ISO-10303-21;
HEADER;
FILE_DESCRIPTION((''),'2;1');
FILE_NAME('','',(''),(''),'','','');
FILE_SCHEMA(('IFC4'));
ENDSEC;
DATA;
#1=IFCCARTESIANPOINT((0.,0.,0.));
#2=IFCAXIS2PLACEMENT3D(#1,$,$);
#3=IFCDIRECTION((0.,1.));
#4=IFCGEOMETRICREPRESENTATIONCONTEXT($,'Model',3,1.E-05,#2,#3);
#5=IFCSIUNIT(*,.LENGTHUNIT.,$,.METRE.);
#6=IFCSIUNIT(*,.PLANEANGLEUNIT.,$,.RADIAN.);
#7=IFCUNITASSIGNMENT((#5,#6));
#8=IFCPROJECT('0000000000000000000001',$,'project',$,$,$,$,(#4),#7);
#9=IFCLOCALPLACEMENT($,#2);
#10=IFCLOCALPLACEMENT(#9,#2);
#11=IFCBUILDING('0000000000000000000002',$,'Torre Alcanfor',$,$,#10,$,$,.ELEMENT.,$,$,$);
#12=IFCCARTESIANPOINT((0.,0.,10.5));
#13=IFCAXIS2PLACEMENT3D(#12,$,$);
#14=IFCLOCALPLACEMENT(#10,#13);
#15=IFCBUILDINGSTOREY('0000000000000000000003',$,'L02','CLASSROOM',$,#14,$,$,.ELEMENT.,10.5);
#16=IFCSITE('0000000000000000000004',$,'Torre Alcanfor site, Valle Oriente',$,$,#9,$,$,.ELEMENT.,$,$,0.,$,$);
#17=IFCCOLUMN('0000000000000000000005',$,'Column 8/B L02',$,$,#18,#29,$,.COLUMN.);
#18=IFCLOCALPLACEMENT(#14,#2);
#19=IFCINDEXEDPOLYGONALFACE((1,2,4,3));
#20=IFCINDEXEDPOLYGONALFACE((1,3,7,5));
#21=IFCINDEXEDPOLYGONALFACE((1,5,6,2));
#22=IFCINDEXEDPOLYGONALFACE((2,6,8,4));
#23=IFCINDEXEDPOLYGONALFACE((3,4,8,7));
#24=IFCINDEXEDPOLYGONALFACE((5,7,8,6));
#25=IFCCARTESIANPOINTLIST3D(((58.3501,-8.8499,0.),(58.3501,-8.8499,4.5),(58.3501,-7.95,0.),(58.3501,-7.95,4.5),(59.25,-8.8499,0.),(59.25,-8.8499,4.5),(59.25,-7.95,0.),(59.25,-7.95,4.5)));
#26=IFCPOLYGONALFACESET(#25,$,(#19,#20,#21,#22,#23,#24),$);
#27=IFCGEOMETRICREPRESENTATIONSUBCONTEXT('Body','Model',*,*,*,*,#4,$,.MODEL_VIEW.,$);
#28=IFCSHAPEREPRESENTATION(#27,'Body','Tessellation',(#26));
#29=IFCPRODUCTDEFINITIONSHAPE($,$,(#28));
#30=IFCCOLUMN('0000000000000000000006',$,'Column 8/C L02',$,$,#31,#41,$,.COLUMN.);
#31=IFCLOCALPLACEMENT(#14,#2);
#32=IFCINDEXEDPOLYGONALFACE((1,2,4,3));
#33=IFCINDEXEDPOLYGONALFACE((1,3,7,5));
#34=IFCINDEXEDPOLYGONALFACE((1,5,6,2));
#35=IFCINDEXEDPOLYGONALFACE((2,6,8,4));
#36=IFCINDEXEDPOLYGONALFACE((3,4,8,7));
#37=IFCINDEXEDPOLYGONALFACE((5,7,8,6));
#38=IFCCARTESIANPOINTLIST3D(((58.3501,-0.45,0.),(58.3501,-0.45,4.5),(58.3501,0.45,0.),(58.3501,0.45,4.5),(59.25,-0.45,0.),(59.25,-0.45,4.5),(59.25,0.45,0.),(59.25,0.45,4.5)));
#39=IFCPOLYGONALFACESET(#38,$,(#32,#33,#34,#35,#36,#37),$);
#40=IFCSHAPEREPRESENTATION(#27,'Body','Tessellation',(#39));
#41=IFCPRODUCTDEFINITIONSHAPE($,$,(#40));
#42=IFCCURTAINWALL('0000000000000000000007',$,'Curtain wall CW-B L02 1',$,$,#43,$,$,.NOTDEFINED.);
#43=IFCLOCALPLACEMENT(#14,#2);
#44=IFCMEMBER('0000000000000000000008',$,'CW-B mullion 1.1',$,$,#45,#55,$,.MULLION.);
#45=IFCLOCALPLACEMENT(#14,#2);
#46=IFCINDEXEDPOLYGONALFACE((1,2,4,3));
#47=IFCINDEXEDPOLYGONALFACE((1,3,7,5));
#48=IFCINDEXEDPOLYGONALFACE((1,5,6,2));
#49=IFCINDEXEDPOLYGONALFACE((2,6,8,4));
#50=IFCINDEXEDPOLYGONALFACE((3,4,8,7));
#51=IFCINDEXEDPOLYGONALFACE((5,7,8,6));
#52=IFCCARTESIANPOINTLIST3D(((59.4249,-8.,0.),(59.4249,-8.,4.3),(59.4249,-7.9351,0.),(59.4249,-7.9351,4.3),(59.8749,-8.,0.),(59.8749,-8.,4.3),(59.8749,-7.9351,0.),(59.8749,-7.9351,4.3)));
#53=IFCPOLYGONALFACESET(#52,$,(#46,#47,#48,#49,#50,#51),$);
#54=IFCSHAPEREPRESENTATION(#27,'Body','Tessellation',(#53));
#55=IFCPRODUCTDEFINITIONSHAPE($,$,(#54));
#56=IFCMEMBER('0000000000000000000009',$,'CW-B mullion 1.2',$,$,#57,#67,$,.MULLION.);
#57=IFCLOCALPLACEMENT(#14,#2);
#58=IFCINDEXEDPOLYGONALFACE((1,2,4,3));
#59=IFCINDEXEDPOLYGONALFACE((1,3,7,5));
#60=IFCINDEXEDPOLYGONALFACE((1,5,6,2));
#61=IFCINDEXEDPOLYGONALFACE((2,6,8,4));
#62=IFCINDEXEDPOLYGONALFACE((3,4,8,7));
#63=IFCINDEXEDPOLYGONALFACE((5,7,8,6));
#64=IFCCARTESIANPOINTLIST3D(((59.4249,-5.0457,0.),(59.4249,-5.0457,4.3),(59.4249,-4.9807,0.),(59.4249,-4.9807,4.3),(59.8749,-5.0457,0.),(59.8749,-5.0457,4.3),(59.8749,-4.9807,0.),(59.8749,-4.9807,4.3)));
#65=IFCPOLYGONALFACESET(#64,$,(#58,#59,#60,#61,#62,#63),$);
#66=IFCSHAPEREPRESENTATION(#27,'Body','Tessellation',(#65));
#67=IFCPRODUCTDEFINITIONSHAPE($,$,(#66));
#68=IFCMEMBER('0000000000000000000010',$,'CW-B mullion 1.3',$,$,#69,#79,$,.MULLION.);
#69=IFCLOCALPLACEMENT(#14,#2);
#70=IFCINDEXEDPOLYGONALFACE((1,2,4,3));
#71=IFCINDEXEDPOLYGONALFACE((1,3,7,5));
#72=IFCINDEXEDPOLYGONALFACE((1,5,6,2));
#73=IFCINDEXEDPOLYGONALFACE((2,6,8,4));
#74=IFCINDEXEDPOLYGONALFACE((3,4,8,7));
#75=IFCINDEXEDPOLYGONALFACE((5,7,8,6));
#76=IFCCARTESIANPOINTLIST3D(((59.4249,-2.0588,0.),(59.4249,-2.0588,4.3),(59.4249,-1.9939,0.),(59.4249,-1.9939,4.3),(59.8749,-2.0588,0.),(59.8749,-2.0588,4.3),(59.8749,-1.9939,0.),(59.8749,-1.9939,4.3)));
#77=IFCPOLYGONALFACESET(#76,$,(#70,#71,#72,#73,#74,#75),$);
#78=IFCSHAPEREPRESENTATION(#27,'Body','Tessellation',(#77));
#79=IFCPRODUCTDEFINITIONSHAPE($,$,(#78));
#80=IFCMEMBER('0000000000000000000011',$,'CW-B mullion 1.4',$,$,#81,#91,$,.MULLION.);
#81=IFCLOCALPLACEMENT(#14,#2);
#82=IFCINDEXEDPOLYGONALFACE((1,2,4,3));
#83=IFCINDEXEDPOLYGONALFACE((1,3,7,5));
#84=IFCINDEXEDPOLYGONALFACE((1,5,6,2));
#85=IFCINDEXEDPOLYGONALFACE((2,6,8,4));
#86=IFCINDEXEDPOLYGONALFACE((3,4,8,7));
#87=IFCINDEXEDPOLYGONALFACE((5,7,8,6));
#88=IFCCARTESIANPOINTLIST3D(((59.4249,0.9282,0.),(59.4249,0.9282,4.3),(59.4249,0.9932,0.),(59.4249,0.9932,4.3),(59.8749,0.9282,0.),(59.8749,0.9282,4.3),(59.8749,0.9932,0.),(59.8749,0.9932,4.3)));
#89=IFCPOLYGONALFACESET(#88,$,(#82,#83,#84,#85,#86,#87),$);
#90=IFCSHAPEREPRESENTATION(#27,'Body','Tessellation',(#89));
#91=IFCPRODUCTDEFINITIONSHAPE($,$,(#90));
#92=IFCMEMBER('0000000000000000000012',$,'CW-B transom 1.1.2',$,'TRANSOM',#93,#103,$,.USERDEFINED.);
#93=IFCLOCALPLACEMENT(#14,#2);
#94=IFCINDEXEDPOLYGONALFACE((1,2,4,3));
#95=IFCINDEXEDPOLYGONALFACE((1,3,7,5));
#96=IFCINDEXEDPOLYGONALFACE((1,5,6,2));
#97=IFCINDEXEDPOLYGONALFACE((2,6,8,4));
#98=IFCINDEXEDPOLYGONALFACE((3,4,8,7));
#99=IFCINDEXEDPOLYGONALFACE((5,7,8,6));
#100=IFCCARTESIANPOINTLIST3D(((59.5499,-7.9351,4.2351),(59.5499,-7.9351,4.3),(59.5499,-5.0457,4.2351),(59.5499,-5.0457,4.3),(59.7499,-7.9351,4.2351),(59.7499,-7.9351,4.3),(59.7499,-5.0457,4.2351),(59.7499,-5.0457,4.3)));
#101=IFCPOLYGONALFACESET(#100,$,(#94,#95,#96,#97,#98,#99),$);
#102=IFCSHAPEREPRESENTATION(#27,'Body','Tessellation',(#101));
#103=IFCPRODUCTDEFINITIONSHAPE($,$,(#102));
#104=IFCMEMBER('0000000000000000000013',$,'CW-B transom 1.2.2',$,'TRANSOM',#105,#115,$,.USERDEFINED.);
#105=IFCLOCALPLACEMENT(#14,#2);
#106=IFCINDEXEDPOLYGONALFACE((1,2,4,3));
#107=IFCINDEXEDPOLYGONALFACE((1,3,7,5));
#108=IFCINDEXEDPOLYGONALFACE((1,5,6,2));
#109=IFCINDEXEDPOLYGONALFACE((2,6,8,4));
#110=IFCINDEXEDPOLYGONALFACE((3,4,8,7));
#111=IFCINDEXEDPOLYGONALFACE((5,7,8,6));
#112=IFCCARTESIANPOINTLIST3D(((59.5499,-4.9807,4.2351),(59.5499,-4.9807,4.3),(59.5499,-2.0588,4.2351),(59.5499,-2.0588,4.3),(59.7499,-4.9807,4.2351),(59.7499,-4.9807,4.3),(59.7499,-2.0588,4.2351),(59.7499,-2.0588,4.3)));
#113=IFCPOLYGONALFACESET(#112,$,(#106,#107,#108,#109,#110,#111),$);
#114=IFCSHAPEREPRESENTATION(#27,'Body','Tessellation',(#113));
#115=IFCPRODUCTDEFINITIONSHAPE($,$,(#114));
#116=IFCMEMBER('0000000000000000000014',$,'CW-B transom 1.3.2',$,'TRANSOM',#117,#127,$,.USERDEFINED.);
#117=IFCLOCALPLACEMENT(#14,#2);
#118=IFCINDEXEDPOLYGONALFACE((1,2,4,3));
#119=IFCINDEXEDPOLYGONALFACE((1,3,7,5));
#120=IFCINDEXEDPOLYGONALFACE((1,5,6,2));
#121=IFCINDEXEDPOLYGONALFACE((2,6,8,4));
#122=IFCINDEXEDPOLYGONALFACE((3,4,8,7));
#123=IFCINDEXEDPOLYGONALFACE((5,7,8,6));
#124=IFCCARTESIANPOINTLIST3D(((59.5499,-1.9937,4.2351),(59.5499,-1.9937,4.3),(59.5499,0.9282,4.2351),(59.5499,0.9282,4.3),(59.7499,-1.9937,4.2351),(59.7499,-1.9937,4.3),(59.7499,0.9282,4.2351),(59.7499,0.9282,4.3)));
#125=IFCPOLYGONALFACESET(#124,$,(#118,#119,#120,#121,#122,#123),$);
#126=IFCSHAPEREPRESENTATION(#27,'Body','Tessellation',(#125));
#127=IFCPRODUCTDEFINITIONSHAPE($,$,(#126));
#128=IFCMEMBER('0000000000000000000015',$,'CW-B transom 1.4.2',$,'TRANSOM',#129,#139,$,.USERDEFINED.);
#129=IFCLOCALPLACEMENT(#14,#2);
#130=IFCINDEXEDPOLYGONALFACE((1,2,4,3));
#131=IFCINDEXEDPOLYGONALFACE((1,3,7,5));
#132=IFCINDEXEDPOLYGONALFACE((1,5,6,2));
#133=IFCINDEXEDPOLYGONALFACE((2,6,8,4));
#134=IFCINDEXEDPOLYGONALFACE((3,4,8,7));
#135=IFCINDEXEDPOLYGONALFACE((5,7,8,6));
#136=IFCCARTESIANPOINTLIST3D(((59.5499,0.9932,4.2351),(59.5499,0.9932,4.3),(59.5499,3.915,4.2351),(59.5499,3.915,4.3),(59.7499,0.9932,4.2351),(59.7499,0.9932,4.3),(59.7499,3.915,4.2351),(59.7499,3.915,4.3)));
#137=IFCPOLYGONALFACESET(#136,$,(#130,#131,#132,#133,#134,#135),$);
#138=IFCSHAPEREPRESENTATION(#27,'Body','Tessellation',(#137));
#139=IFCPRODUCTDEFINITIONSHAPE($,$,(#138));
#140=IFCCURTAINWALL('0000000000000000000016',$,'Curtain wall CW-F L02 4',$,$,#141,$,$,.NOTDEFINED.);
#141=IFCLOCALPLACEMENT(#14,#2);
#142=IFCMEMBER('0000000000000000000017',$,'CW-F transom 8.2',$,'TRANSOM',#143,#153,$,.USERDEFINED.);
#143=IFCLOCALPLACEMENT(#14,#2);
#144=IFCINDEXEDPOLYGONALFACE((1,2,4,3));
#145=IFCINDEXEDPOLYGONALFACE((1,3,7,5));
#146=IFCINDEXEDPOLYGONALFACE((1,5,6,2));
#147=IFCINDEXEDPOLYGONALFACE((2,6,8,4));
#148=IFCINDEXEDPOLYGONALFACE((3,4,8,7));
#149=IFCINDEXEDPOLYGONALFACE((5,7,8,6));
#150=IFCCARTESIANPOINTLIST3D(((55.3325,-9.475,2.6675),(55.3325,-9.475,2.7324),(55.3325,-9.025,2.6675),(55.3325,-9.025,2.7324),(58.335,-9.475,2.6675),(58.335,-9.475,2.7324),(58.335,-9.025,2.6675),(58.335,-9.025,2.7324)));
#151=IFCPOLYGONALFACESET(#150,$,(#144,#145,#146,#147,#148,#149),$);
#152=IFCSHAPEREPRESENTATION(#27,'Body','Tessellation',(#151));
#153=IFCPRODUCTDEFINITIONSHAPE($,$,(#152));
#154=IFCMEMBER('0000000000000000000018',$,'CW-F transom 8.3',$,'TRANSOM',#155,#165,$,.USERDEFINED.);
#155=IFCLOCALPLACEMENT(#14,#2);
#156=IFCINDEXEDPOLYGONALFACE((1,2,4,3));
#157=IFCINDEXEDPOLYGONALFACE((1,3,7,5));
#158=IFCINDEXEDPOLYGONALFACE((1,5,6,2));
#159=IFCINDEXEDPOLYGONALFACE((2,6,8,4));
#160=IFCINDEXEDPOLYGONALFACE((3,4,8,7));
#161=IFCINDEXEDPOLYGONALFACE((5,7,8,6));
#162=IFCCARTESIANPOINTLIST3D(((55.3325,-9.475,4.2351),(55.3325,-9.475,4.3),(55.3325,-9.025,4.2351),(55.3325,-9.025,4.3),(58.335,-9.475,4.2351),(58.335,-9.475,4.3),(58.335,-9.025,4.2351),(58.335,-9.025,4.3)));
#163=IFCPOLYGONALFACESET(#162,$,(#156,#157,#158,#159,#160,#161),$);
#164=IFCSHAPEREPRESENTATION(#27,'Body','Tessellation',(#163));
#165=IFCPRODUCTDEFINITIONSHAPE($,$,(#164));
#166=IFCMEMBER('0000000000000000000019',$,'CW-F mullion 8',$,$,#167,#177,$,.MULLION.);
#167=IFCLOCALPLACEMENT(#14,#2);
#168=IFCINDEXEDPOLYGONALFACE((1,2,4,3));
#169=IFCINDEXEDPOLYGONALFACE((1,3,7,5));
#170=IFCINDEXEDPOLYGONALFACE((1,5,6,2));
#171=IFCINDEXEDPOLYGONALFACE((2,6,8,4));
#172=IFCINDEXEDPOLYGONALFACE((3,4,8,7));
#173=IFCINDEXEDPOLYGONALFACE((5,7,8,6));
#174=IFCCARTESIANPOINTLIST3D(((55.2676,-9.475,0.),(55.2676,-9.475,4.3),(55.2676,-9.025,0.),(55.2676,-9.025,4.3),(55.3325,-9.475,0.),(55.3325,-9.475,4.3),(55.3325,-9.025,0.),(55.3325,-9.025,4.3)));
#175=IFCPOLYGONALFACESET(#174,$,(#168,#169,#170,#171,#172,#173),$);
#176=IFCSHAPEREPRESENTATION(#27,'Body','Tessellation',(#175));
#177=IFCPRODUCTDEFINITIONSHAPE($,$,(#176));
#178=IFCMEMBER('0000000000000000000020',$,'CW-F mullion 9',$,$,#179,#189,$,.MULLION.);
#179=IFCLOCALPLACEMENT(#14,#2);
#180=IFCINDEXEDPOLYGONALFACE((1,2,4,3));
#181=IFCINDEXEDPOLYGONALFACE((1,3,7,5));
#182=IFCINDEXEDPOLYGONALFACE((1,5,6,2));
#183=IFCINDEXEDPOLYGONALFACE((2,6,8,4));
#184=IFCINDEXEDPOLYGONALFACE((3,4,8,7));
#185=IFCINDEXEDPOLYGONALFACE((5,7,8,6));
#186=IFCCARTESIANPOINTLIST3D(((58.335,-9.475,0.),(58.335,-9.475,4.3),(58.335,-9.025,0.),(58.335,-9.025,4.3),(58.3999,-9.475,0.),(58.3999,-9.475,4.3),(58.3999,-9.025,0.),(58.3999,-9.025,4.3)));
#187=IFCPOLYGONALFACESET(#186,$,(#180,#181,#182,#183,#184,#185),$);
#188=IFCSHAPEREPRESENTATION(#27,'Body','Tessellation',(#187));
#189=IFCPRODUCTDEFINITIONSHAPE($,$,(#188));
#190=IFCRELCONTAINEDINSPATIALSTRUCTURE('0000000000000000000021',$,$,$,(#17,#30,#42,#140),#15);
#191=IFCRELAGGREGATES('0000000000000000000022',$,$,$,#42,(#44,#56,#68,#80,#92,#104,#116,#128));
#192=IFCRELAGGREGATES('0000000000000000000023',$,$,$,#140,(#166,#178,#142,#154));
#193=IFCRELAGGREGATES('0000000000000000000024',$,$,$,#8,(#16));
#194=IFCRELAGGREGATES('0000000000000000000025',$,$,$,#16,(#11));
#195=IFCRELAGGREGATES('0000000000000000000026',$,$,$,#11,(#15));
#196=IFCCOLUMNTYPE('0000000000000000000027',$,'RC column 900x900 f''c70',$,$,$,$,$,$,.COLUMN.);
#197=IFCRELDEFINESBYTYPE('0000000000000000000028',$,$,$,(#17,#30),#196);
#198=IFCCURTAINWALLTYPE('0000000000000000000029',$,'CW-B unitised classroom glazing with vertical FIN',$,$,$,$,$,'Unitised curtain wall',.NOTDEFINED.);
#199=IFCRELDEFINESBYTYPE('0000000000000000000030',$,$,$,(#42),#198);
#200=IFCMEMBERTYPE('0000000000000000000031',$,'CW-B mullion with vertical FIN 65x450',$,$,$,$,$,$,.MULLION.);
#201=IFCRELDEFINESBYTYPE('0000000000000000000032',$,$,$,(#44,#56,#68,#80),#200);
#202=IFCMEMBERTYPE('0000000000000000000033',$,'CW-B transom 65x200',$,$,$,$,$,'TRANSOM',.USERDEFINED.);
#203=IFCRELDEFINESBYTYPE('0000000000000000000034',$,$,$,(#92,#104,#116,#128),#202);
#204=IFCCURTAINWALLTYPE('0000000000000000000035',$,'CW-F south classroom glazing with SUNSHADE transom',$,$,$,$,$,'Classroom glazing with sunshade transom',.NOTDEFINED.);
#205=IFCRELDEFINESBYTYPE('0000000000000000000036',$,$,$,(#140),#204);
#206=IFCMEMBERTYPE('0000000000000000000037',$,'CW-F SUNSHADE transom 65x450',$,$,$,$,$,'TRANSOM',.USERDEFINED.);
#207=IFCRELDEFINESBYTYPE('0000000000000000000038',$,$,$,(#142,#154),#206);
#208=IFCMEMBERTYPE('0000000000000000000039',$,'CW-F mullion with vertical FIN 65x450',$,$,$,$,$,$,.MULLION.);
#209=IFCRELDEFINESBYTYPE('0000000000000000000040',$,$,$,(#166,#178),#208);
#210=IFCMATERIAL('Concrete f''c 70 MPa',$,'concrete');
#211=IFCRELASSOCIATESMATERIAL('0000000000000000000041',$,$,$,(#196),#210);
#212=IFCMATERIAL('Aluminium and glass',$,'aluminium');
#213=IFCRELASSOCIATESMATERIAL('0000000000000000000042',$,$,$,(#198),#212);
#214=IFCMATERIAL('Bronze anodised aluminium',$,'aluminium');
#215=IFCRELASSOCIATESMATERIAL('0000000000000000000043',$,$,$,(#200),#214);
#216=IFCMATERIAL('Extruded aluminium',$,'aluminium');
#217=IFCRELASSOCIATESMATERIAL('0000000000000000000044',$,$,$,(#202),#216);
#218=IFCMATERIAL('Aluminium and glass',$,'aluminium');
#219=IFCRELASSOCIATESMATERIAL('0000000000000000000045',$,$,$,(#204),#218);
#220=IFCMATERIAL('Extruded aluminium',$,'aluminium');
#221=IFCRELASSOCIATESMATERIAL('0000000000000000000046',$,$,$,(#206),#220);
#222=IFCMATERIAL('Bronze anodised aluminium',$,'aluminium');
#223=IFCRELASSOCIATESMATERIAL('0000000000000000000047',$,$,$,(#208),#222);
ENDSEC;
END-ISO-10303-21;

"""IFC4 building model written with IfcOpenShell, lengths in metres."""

from ifc_helpers import new_model, si_unit, direction, frame, origin, origin_2d, place, context, subcontext, project, spatial, rectangle, extrude, material, material_profile, profile_set, type_object, element, aggregate, save


model = new_model("IFC4")

# Units and contexts
model_context = context("Model", 3, precision=1e-05, world=origin(), true_north=direction((0.0, 1.0)))
body_context = subcontext(model_context, "Body", "Model", "MODEL_VIEW")
ifc_project = project(units=[si_unit("LENGTHUNIT", "METRE"), si_unit("PLANEANGLEUNIT", "RADIAN")], contexts=[model_context])

# Site, building, storey
site_placement = place(None, origin())
site = spatial("IfcSite", under=ifc_project, at=site_placement, Name="Torre Alcanfor site, Valle Oriente", CompositionType="ELEMENT", RefElevation=0.0)
building_placement = place(site_placement, origin())
building = spatial("IfcBuilding", under=site, at=building_placement, Name="Torre Alcanfor", CompositionType="ELEMENT")
storey_placement = place(building_placement, frame((0.0, 0.0, 10.5)))
storey = spatial("IfcBuildingStorey", under=building, at=storey_placement, Name="L02", Description="CLASSROOM", CompositionType="ELEMENT", Elevation=10.5)

# Columns
ifc_material_1 = material(Name="Concrete f'c 70 MPa", Category="concrete")
ifc_material_profile_1 = material_profile(ifc_material_1, rectangle(XDim=0.8999, YDim=0.8999, at=origin_2d()), Name="900x900")
ifc_profile_set_1 = profile_set([ifc_material_profile_1], Name="Concrete f'c 70 MPa")
column_type = type_object("IfcColumnType", Name="RC column 900x900 f'c70", PredefinedType="COLUMN", material=ifc_profile_set_1)
for number, where, z_axis, x_axis, name in (
    (1, (58.8, -8.3999, 0.0), (0.0, 0.0, 1.0), (1.0, 0.0, 0.0), "Column 8/B L02"),
    (2, (58.8, 0.0, 0.0), (0.0, 0.0, 1.0), (1.0, 0.0, 0.0), "Column 8/C L02"),
):
    element("IfcColumn", number, at=place(storey_placement, frame(where, z_axis=z_axis, x_axis=x_axis)), inside=storey, type_object=column_type, Name=name, PredefinedType="COLUMN", context=body_context, shape_type="SweptSolid", body=[
        extrude(rectangle(XDim=0.8999, YDim=0.8999, at=origin_2d()), origin(), (0.0, 0.0, 1.0), 4.5),
    ])

# Curtain walls, members
ifc_material_2 = material(Name="Aluminium and glass", Category="aluminium")
curtain_wall_type_1 = type_object("IfcCurtainWallType", Name="CW-B unitised classroom glazing with vertical FIN", ElementType="Unitised curtain wall", PredefinedType="NOTDEFINED", material=ifc_material_2)
curtain_wall_1_placement = place(storey_placement, origin())
curtain_wall_1 = element("IfcCurtainWall", 3, at=curtain_wall_1_placement, inside=storey, type_object=curtain_wall_type_1, Name="Curtain wall CW-B L02 1", PredefinedType="NOTDEFINED")
ifc_material_3 = material(Name="Bronze anodised aluminium", Category="aluminium")
ifc_material_profile_2 = material_profile(ifc_material_3, rectangle(XDim=0.45, YDim=0.0649, at=origin_2d()), Name="CW-B mullion 65x450")
ifc_profile_set_2 = profile_set([ifc_material_profile_2], Name="Bronze anodised aluminium")
member_type_1 = type_object("IfcMemberType", Name="CW-B mullion with vertical FIN 65x450", PredefinedType="MULLION", material=ifc_profile_set_2)
member_1_placement = place(storey_placement, frame((59.6499, -7.9675, 0.0), z_axis=(0.0, 0.0, 1.0), x_axis=(-1.0, 0.0, 0.0)))
member_1 = element("IfcMember", 4, at=member_1_placement, type_object=member_type_1, Name="CW-B mullion 1.1", PredefinedType="MULLION", context=body_context, shape_type="SweptSolid", body=[
    extrude(rectangle(XDim=0.45, YDim=0.0649, at=origin_2d()), origin(), (0.0, 0.0, 1.0), 4.3),
])
member_2_placement = place(storey_placement, frame((59.6499, -5.0132, 0.0), z_axis=(0.0, 0.0, 1.0), x_axis=(-1.0, 0.0, 0.0)))
member_2 = element("IfcMember", 5, at=member_2_placement, type_object=member_type_1, Name="CW-B mullion 1.2", PredefinedType="MULLION", context=body_context, shape_type="SweptSolid", body=[
    extrude(rectangle(XDim=0.45, YDim=0.0649, at=origin_2d()), origin(), (0.0, 0.0, 1.0), 4.3),
])
member_3_placement = place(storey_placement, frame((59.6499, -2.0264, 0.0), z_axis=(0.0, 0.0, 1.0), x_axis=(-1.0, 0.0, 0.0)))
member_3 = element("IfcMember", 6, at=member_3_placement, type_object=member_type_1, Name="CW-B mullion 1.3", PredefinedType="MULLION", context=body_context, shape_type="SweptSolid", body=[
    extrude(rectangle(XDim=0.45, YDim=0.0649, at=origin_2d()), origin(), (0.0, 0.0, 1.0), 4.3),
])
member_4_placement = place(storey_placement, frame((59.6499, 0.9607, 0.0), z_axis=(0.0, 0.0, 1.0), x_axis=(-1.0, 0.0, 0.0)))
member_4 = element("IfcMember", 7, at=member_4_placement, type_object=member_type_1, Name="CW-B mullion 1.4", PredefinedType="MULLION", context=body_context, shape_type="SweptSolid", body=[
    extrude(rectangle(XDim=0.45, YDim=0.0649, at=origin_2d()), origin(), (0.0, 0.0, 1.0), 4.3),
])
ifc_material_4 = material(Name="Extruded aluminium", Category="aluminium")
ifc_material_profile_3 = material_profile(ifc_material_4, rectangle(XDim=0.2, YDim=0.0649, at=origin_2d()), Name="CW-B transom 200x65")
ifc_profile_set_3 = profile_set([ifc_material_profile_3], Name="Extruded aluminium")
member_type_2 = type_object("IfcMemberType", Name="CW-B transom 65x200", ElementType="TRANSOM", PredefinedType="USERDEFINED", material=ifc_profile_set_3)
member_5_placement = place(storey_placement, frame((59.6499, -7.9351, 4.2676), z_axis=(0.0, 1.0, 0.0), x_axis=(-1.0, 0.0, 0.0)))
member_5 = element("IfcMember", 8, at=member_5_placement, type_object=member_type_2, Name="CW-B transom 1.1.2", ObjectType="TRANSOM", PredefinedType="USERDEFINED", context=body_context, shape_type="SweptSolid", body=[
    extrude(rectangle(XDim=0.2, YDim=0.0649, at=origin_2d()), origin(), (0.0, 0.0, 1.0), 2.8894),
])
member_6_placement = place(storey_placement, frame((59.6499, -4.9807, 4.2676), z_axis=(0.0, 1.0, 0.0), x_axis=(-1.0, 0.0, 0.0)))
member_6 = element("IfcMember", 9, at=member_6_placement, type_object=member_type_2, Name="CW-B transom 1.2.2", ObjectType="TRANSOM", PredefinedType="USERDEFINED", context=body_context, shape_type="SweptSolid", body=[
    extrude(rectangle(XDim=0.2, YDim=0.0649, at=origin_2d()), origin(), (0.0, 0.0, 1.0), 2.9219),
])
member_7_placement = place(storey_placement, frame((59.6499, -1.9937, 4.2676), z_axis=(0.0, 1.0, 0.0), x_axis=(-1.0, 0.0, 0.0)))
member_7 = element("IfcMember", 10, at=member_7_placement, type_object=member_type_2, Name="CW-B transom 1.3.2", ObjectType="TRANSOM", PredefinedType="USERDEFINED", context=body_context, shape_type="SweptSolid", body=[
    extrude(rectangle(XDim=0.2, YDim=0.0649, at=origin_2d()), origin(), (0.0, 0.0, 1.0), 2.9219),
])
member_8_placement = place(storey_placement, frame((59.6499, 0.9932, 4.2676), z_axis=(0.0, 1.0, 0.0), x_axis=(-1.0, 0.0, 0.0)))
member_8 = element("IfcMember", 11, at=member_8_placement, type_object=member_type_2, Name="CW-B transom 1.4.2", ObjectType="TRANSOM", PredefinedType="USERDEFINED", context=body_context, shape_type="SweptSolid", body=[
    extrude(rectangle(XDim=0.2, YDim=0.0649, at=origin_2d()), origin(), (0.0, 0.0, 1.0), 2.9219),
])
ifc_material_5 = material(Name="Aluminium and glass", Category="aluminium")
curtain_wall_type_2 = type_object("IfcCurtainWallType", Name="CW-F south classroom glazing with SUNSHADE transom", ElementType="Classroom glazing with sunshade transom", PredefinedType="NOTDEFINED", material=ifc_material_5)
curtain_wall_2_placement = place(storey_placement, origin())
curtain_wall_2 = element("IfcCurtainWall", 12, at=curtain_wall_2_placement, inside=storey, type_object=curtain_wall_type_2, Name="Curtain wall CW-F L02 4", PredefinedType="NOTDEFINED")
ifc_material_6 = material(Name="Extruded aluminium", Category="aluminium")
ifc_material_profile_4 = material_profile(ifc_material_6, rectangle(XDim=0.45, YDim=0.0649, at=origin_2d()), Name="CW-F transom 450x65")
ifc_profile_set_4 = profile_set([ifc_material_profile_4], Name="Extruded aluminium")
member_type_3 = type_object("IfcMemberType", Name="CW-F SUNSHADE transom 65x450", ElementType="TRANSOM", PredefinedType="USERDEFINED", material=ifc_profile_set_4)
member_9_placement = place(storey_placement, frame((55.3325, -9.25, 2.7), z_axis=(1.0, 0.0, 0.0), x_axis=(0.0, 1.0, 0.0)))
member_9 = element("IfcMember", 13, at=member_9_placement, type_object=member_type_3, Name="CW-F transom 8.2", ObjectType="TRANSOM", PredefinedType="USERDEFINED", context=body_context, shape_type="SweptSolid", body=[
    extrude(rectangle(XDim=0.45, YDim=0.0649, at=origin_2d()), origin(), (0.0, 0.0, 1.0), 3.0024),
])
member_10_placement = place(storey_placement, frame((55.3325, -9.25, 4.2676), z_axis=(1.0, 0.0, 0.0), x_axis=(0.0, 1.0, 0.0)))
member_10 = element("IfcMember", 14, at=member_10_placement, type_object=member_type_3, Name="CW-F transom 8.3", ObjectType="TRANSOM", PredefinedType="USERDEFINED", context=body_context, shape_type="SweptSolid", body=[
    extrude(rectangle(XDim=0.45, YDim=0.0649, at=origin_2d()), origin(), (0.0, 0.0, 1.0), 3.0024),
])
ifc_material_7 = material(Name="Bronze anodised aluminium", Category="aluminium")
ifc_material_profile_5 = material_profile(ifc_material_7, rectangle(XDim=0.45, YDim=0.0649, at=origin_2d()), Name="CW-F mullion 65x450")
ifc_profile_set_5 = profile_set([ifc_material_profile_5], Name="Bronze anodised aluminium")
member_type_4 = type_object("IfcMemberType", Name="CW-F mullion with vertical FIN 65x450", PredefinedType="MULLION", material=ifc_profile_set_5)
member_11_placement = place(storey_placement, frame((55.3, -9.25, 0.0), z_axis=(0.0, 0.0, 1.0), x_axis=(0.0, 1.0, 0.0)))
member_11 = element("IfcMember", 15, at=member_11_placement, type_object=member_type_4, Name="CW-F mullion 8", PredefinedType="MULLION", context=body_context, shape_type="SweptSolid", body=[
    extrude(rectangle(XDim=0.45, YDim=0.0649, at=origin_2d()), origin(), (0.0, 0.0, 1.0), 4.3),
])
member_12_placement = place(storey_placement, frame((58.3674, -9.25, 0.0), z_axis=(0.0, 0.0, 1.0), x_axis=(0.0, 1.0, 0.0)))
member_12 = element("IfcMember", 16, at=member_12_placement, type_object=member_type_4, Name="CW-F mullion 9", PredefinedType="MULLION", context=body_context, shape_type="SweptSolid", body=[
    extrude(rectangle(XDim=0.45, YDim=0.0649, at=origin_2d()), origin(), (0.0, 0.0, 1.0), 4.3),
])

aggregate(curtain_wall_1, [member_1, member_2, member_3, member_4, member_5, member_6, member_7, member_8])
aggregate(curtain_wall_2, [member_11, member_12, member_9, member_10])

save(model, "model.ifc")
